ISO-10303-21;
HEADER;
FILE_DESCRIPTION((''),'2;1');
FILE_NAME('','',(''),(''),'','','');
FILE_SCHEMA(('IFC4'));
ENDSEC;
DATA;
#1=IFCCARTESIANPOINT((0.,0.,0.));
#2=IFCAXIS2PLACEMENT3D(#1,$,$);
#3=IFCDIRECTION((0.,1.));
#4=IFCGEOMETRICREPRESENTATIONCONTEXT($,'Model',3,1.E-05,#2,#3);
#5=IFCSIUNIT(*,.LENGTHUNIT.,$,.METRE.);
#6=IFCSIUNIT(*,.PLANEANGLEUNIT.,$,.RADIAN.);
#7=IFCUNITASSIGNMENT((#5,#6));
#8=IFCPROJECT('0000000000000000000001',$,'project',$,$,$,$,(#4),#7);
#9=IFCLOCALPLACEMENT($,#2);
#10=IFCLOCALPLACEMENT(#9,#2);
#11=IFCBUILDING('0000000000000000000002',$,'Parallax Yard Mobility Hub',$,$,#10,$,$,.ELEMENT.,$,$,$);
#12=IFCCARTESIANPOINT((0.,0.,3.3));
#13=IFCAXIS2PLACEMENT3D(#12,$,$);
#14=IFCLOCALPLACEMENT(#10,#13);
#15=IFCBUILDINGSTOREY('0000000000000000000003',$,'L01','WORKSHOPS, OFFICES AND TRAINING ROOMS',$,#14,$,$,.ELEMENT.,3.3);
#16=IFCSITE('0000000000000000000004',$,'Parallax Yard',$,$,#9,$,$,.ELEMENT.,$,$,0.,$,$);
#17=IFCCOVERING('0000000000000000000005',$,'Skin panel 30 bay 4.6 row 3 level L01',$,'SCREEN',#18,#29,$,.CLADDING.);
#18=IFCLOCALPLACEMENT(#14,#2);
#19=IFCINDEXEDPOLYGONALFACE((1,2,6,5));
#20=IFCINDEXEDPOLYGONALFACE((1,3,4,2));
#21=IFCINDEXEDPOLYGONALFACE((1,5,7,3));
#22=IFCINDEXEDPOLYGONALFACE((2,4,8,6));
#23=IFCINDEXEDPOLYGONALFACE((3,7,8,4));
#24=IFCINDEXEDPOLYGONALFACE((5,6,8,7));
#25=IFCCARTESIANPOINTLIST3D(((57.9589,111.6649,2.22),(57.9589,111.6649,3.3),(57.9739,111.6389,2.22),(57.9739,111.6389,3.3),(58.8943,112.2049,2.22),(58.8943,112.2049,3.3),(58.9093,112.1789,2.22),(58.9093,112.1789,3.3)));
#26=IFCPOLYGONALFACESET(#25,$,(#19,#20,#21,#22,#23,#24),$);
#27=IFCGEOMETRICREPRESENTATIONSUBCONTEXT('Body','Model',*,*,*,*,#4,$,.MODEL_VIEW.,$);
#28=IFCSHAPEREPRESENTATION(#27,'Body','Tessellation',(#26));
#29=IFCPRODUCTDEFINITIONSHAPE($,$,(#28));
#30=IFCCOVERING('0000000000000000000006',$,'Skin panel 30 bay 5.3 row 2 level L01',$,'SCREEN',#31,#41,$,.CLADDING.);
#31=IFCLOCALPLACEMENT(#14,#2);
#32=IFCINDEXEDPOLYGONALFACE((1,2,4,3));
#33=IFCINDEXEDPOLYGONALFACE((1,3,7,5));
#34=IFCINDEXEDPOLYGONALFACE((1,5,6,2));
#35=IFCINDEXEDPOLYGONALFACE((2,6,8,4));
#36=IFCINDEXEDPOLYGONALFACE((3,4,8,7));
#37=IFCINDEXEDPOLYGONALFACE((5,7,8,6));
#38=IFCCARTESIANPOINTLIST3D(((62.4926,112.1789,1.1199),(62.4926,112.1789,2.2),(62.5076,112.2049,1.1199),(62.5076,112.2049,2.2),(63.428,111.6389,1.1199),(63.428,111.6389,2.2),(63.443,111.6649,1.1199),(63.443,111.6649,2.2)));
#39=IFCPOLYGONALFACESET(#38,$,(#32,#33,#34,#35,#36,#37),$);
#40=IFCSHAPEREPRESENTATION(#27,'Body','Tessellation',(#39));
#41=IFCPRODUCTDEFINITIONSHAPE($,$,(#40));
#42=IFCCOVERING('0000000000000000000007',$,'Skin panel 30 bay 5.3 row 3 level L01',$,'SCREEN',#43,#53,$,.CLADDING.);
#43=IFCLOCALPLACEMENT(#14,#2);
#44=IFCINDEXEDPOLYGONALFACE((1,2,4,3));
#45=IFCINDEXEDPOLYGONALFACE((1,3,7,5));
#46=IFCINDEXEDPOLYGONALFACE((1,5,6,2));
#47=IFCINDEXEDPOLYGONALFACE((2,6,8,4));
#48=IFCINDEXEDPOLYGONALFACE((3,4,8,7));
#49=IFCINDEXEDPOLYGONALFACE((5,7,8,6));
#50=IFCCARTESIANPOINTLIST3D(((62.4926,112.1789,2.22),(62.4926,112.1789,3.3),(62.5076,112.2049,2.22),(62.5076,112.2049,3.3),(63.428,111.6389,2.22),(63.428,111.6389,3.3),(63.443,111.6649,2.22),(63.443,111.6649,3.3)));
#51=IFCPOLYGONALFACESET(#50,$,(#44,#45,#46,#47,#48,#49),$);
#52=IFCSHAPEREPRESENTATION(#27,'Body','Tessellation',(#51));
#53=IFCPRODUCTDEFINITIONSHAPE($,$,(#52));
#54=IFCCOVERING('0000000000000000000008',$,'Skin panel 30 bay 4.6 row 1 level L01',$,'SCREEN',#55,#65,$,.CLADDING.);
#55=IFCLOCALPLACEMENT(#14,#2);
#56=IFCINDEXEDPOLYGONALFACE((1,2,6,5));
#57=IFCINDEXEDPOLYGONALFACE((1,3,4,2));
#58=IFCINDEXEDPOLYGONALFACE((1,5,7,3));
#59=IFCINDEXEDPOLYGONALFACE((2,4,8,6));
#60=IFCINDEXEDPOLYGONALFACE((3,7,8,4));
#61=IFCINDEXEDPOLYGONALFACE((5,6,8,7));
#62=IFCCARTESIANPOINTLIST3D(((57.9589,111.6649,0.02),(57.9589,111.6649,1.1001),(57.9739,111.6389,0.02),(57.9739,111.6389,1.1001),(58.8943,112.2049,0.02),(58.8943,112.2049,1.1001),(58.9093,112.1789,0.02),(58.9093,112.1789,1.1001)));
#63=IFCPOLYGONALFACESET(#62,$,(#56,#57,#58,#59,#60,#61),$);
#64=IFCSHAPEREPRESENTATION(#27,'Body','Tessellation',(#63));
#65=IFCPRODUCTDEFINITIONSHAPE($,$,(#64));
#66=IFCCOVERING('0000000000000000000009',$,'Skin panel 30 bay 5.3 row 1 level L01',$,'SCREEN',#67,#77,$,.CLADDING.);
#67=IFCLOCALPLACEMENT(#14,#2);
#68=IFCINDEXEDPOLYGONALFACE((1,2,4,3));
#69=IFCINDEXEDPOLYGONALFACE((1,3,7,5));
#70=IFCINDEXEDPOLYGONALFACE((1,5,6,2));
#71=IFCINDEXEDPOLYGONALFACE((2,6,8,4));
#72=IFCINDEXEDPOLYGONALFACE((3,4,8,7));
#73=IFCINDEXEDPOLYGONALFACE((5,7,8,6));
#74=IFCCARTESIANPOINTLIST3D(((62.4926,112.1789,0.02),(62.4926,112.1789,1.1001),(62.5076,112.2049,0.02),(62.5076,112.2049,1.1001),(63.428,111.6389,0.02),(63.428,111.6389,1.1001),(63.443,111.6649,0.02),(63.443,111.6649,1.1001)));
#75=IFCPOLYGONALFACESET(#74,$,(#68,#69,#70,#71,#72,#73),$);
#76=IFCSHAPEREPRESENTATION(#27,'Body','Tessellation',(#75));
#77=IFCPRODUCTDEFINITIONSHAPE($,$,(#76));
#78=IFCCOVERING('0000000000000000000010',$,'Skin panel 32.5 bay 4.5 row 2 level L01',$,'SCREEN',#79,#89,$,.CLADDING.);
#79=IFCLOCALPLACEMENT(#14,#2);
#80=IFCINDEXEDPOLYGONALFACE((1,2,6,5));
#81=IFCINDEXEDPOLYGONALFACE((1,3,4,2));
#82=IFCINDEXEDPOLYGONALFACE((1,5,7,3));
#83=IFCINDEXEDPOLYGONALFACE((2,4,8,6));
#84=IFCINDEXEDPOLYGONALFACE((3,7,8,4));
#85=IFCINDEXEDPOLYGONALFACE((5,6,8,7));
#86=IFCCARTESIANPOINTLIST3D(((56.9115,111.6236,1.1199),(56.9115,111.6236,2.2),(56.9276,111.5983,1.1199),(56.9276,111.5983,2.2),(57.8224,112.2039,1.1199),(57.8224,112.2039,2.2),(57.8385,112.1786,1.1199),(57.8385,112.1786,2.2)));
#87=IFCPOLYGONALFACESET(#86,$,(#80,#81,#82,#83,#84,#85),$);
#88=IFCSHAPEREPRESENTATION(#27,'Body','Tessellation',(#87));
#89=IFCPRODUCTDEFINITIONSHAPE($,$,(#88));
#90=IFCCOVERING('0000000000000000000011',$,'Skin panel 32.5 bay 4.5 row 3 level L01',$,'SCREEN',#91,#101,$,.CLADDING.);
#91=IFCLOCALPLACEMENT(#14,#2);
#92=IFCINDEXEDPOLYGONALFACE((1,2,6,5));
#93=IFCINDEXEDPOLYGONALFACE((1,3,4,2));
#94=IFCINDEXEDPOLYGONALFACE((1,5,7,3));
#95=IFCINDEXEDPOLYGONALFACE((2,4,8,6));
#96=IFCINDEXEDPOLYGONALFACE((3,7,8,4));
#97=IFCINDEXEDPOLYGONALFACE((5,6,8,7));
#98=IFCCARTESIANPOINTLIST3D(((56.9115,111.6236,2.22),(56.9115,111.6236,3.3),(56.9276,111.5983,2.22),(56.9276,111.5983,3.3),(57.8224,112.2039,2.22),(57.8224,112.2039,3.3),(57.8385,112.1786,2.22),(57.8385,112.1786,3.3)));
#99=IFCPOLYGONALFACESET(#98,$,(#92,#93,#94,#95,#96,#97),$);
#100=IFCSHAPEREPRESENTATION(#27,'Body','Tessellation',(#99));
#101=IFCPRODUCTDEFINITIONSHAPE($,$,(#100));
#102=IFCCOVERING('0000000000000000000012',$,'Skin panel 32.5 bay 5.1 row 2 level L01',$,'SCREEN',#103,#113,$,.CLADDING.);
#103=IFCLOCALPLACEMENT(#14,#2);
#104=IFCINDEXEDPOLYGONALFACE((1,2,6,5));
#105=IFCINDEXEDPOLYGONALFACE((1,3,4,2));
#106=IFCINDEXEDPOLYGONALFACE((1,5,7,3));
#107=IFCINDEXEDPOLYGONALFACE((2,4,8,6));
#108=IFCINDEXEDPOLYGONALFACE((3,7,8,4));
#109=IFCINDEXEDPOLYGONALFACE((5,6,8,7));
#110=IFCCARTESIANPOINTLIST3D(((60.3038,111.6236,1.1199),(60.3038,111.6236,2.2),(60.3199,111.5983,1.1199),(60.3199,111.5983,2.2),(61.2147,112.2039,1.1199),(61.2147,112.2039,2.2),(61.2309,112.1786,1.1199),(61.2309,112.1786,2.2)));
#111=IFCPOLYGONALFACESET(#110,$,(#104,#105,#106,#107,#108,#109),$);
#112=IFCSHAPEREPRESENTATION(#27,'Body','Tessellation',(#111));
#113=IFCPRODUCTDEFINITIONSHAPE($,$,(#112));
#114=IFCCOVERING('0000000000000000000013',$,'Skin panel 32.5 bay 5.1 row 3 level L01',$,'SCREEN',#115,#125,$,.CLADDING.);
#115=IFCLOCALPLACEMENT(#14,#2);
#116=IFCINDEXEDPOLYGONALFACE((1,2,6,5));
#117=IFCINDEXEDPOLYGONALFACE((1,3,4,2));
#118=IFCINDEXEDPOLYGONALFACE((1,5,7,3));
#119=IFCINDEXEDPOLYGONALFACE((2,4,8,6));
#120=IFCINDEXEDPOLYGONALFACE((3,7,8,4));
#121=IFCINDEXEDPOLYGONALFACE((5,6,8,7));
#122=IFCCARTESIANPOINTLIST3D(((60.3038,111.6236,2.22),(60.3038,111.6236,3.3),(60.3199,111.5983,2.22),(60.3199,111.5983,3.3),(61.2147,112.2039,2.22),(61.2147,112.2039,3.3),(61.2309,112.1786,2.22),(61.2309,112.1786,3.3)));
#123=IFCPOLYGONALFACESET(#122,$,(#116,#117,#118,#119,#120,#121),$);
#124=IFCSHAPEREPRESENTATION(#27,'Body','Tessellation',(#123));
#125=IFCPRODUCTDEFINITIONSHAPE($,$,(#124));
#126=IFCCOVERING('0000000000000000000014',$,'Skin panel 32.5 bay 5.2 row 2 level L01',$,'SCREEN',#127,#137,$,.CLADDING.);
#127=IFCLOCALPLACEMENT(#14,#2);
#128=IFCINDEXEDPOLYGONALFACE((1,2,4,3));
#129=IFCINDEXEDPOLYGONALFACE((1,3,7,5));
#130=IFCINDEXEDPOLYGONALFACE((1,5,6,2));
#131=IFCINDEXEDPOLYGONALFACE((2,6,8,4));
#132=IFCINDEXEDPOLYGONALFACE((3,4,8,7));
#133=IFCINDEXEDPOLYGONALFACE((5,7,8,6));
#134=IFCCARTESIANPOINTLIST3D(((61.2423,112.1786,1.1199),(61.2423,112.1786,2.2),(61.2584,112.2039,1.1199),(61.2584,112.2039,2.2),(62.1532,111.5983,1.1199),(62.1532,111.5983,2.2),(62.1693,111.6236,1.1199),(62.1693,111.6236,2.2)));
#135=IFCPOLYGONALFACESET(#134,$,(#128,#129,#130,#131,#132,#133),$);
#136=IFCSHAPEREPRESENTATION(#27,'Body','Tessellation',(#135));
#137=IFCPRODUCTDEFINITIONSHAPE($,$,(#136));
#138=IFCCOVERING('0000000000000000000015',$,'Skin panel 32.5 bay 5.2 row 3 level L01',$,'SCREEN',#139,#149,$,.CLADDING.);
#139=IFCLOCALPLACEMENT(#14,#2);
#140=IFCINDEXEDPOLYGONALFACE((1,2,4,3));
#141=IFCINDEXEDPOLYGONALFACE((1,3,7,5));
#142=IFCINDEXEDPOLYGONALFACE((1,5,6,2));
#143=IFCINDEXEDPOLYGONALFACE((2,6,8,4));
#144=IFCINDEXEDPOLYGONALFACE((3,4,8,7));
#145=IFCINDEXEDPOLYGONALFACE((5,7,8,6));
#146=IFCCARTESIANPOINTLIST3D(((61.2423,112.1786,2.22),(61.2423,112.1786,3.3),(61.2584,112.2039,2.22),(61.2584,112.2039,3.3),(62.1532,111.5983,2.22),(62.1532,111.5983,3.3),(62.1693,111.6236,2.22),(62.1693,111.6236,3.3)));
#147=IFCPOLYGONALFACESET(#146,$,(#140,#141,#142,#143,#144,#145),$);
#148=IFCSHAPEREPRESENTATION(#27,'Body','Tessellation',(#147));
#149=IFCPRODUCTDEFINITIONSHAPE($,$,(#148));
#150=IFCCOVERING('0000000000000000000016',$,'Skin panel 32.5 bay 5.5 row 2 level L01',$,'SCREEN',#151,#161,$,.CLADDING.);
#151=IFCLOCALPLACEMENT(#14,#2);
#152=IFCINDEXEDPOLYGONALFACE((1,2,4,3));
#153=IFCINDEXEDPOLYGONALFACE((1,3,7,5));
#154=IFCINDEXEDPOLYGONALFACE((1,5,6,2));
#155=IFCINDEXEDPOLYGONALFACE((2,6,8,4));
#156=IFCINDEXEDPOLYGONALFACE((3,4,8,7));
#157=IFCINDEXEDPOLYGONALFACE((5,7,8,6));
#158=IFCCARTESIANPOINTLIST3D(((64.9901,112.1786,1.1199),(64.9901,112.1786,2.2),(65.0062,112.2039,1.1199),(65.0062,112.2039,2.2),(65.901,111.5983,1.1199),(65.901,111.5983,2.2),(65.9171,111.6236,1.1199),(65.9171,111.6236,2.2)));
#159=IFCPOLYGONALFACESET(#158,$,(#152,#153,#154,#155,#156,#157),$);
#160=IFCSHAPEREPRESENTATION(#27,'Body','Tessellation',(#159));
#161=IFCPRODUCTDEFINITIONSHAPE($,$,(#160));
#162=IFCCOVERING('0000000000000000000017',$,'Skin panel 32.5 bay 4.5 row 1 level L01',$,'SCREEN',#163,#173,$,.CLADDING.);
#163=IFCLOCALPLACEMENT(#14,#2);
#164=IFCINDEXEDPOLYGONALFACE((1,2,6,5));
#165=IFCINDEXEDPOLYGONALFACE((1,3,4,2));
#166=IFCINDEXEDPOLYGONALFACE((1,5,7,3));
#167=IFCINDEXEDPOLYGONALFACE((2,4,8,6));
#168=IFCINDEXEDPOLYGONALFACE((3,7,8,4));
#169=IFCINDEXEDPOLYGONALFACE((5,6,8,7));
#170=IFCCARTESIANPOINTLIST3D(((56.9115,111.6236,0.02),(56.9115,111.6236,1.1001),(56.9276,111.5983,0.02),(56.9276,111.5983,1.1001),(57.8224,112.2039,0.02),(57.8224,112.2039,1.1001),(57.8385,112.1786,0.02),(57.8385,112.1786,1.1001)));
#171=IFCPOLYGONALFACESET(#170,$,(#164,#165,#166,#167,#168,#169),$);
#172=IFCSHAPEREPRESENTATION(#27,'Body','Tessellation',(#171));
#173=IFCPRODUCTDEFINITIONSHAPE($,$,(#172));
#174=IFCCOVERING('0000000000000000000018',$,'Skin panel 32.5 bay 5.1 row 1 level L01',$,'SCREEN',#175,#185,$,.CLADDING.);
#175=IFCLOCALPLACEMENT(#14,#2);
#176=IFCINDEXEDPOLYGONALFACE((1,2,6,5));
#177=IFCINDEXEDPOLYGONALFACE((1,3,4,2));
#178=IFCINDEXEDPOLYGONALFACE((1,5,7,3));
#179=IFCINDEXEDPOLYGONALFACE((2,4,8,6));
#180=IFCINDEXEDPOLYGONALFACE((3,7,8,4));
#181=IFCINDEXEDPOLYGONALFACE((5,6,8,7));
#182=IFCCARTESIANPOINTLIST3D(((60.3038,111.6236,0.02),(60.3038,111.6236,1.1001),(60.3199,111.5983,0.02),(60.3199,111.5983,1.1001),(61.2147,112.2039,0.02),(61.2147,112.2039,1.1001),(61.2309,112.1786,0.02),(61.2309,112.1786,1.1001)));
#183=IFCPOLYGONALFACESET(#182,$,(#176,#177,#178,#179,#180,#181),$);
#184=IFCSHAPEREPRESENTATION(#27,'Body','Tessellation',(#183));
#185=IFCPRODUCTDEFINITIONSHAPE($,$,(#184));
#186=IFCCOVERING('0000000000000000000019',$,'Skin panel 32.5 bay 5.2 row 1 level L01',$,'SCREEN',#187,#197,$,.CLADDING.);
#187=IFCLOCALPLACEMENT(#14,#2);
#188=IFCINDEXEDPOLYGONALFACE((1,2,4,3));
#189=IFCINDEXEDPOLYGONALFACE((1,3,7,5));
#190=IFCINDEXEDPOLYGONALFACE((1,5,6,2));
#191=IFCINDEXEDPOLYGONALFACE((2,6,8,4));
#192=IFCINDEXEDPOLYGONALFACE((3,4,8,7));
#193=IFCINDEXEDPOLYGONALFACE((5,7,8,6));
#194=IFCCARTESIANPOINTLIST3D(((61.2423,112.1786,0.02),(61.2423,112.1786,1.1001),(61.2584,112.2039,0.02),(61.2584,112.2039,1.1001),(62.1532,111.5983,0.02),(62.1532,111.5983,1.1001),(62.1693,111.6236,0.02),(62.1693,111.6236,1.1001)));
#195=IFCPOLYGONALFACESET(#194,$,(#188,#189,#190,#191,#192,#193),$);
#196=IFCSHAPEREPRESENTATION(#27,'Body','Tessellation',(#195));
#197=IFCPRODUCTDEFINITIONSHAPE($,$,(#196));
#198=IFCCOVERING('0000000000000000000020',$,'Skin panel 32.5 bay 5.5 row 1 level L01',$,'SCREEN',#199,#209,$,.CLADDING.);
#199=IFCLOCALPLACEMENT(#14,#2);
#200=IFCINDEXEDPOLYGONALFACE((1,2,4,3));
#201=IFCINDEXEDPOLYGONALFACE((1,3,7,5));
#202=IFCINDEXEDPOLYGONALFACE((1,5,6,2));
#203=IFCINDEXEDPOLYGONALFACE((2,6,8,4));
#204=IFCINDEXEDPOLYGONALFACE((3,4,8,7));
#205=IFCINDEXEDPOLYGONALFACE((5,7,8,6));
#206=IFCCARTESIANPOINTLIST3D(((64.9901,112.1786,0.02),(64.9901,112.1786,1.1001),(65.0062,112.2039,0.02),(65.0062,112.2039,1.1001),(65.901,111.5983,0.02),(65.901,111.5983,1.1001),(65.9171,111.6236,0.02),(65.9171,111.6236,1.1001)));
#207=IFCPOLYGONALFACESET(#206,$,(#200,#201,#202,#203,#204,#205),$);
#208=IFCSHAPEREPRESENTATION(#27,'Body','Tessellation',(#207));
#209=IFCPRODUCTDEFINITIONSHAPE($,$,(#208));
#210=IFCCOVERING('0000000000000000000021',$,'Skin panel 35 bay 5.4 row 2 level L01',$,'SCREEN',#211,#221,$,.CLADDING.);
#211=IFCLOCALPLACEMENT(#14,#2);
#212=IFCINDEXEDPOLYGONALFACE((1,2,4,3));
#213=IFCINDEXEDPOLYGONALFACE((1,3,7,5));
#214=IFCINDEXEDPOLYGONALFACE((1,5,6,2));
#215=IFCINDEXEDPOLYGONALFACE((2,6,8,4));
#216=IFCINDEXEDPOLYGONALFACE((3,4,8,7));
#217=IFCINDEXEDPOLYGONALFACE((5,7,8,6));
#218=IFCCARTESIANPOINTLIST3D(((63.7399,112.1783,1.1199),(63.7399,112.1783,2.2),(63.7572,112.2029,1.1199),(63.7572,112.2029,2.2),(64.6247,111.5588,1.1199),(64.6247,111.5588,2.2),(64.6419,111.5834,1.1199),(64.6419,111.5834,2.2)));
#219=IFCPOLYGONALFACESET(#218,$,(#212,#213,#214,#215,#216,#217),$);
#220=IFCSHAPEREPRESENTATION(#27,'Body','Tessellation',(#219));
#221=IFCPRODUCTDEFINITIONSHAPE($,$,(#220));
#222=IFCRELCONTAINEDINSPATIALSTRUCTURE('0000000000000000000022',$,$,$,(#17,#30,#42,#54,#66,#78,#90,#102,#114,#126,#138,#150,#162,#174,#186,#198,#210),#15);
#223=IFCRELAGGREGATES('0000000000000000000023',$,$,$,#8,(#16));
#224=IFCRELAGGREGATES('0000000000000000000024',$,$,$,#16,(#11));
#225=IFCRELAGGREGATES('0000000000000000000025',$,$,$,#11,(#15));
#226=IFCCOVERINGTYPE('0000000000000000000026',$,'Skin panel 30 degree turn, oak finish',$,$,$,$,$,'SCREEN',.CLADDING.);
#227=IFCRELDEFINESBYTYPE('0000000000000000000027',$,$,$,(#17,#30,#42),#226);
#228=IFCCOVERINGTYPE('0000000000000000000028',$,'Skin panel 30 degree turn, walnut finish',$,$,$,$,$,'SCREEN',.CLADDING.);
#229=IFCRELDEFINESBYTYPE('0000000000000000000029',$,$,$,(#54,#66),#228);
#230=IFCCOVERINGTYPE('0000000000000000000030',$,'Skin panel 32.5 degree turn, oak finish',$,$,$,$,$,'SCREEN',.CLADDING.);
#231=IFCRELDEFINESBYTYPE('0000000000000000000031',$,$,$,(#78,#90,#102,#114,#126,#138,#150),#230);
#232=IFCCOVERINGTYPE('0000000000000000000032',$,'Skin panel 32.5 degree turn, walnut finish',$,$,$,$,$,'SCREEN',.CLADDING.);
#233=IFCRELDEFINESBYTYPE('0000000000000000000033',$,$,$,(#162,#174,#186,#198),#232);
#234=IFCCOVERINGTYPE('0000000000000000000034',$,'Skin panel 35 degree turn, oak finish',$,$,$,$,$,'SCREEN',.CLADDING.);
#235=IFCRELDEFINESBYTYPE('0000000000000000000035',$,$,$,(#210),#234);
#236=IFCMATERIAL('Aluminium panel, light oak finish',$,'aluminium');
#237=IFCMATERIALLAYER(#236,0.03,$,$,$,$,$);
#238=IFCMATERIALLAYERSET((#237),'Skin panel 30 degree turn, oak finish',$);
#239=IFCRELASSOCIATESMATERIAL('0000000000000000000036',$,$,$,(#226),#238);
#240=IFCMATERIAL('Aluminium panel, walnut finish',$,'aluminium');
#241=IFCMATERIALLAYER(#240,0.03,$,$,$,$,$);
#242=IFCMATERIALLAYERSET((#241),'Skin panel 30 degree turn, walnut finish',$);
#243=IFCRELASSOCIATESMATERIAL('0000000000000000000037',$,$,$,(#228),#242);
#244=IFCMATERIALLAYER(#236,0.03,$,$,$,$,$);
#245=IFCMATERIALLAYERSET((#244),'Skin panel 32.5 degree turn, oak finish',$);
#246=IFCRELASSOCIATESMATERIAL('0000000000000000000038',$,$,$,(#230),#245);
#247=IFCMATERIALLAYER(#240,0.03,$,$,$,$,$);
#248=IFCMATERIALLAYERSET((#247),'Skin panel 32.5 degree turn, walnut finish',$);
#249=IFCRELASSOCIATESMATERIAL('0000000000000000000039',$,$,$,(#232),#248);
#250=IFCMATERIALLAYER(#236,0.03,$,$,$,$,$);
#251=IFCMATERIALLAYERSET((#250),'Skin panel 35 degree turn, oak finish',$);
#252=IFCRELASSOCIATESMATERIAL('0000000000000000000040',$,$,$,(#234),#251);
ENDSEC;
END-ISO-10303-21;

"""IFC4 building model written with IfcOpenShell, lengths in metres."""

from ifc_helpers import new_model, si_unit, direction, frame, origin, origin_2d, place, context, subcontext, project, spatial, rectangle, extrude, material, layer, layer_set, type_object, element, save


model = new_model("IFC4")

# Units and contexts
model_context = context("Model", 3, precision=1e-05, world=origin(), true_north=direction((0.0, 1.0)))
body_context = subcontext(model_context, "Body", "Model", "MODEL_VIEW")
ifc_project = project(units=[si_unit("LENGTHUNIT", "METRE"), si_unit("PLANEANGLEUNIT", "RADIAN")], contexts=[model_context])

# Site, building, storey
site_placement = place(None, origin())
site = spatial("IfcSite", under=ifc_project, at=site_placement, Name="Parallax Yard", CompositionType="ELEMENT", RefElevation=0.0)
building_placement = place(site_placement, origin())
building = spatial("IfcBuilding", under=site, at=building_placement, Name="Parallax Yard Mobility Hub", CompositionType="ELEMENT")
storey_placement = place(building_placement, frame((0.0, 0.0, 3.3)))
storey = spatial("IfcBuildingStorey", under=building, at=storey_placement, Name="L01", Description="WORKSHOPS, OFFICES AND TRAINING ROOMS", CompositionType="ELEMENT", Elevation=3.3)

# Coverings
ifc_material_1 = material(Name="Aluminium panel, light oak finish", Category="aluminium")
ifc_material_2 = material(Name="Aluminium panel, walnut finish", Category="aluminium")
ifc_layer_1 = layer(ifc_material_1, 0.03)
ifc_layer_set_1 = layer_set([ifc_layer_1], Name="Skin panel 30 degree turn, oak finish")
covering_type_1 = type_object("IfcCoveringType", Name="Skin panel 30 degree turn, oak finish", ElementType="SCREEN", PredefinedType="CLADDING", material=ifc_layer_set_1)
for number, where, z_axis, x_axis, name in (
    (1, (58.4341, 111.9219, 2.22), (0.0, 0.0, 1.0), (-0.866025, -0.5, 0.0), "Skin panel 30 bay 4.6 row 3 level L01"),
    (2, (62.9678, 111.9219, 1.1199), (0.0, 0.0, 1.0), (0.866025, -0.5, 0.0), "Skin panel 30 bay 5.3 row 2 level L01"),
    (3, (62.9678, 111.9219, 2.22), (0.0, 0.0, 1.0), (0.866025, -0.5, 0.0), "Skin panel 30 bay 5.3 row 3 level L01"),
):
    element("IfcCovering", number, at=place(storey_placement, frame(where, z_axis=z_axis, x_axis=x_axis)), inside=storey, type_object=covering_type_1, Name=name, ObjectType="SCREEN", PredefinedType="CLADDING", context=body_context, shape_type="SweptSolid", body=[
        extrude(rectangle(XDim=1.0801, YDim=0.03, at=origin_2d()), origin(), (0.0, 0.0, 1.0), 1.0801),
    ])
ifc_layer_2 = layer(ifc_material_2, 0.03)
ifc_layer_set_2 = layer_set([ifc_layer_2], Name="Skin panel 30 degree turn, walnut finish")
covering_type_2 = type_object("IfcCoveringType", Name="Skin panel 30 degree turn, walnut finish", ElementType="SCREEN", PredefinedType="CLADDING", material=ifc_layer_set_2)
for number, where, z_axis, x_axis, name in (
    (4, (58.4341, 111.9219, 0.02), (0.0, 0.0, 1.0), (-0.866025, -0.5, 0.0), "Skin panel 30 bay 4.6 row 1 level L01"),
    (5, (62.9678, 111.9219, 0.02), (0.0, 0.0, 1.0), (0.866025, -0.5, 0.0), "Skin panel 30 bay 5.3 row 1 level L01"),
):
    element("IfcCovering", number, at=place(storey_placement, frame(where, z_axis=z_axis, x_axis=x_axis)), inside=storey, type_object=covering_type_2, Name=name, ObjectType="SCREEN", PredefinedType="CLADDING", context=body_context, shape_type="SweptSolid", body=[
        extrude(rectangle(XDim=1.0801, YDim=0.03, at=origin_2d()), origin(), (0.0, 0.0, 1.0), 1.0801),
    ])
ifc_layer_3 = layer(ifc_material_1, 0.03)
ifc_layer_set_3 = layer_set([ifc_layer_3], Name="Skin panel 32.5 degree turn, oak finish")
covering_type_3 = type_object("IfcCoveringType", Name="Skin panel 32.5 degree turn, oak finish", ElementType="SCREEN", PredefinedType="CLADDING", material=ifc_layer_set_3)
for number, where, z_axis, x_axis, name in (
    (6, (57.375, 111.9011, 1.1199), (0.0, 0.0, 1.0), (-0.843391, -0.5373, 0.0), "Skin panel 32.5 bay 4.5 row 2 level L01"),
    (7, (57.375, 111.9011, 2.22), (0.0, 0.0, 1.0), (-0.843391, -0.5373, 0.0), "Skin panel 32.5 bay 4.5 row 3 level L01"),
    (8, (60.7673, 111.9011, 1.1199), (0.0, 0.0, 1.0), (-0.843391, -0.5373, 0.0), "Skin panel 32.5 bay 5.1 row 2 level L01"),
    (9, (60.7673, 111.9011, 2.22), (0.0, 0.0, 1.0), (-0.843391, -0.5373, 0.0), "Skin panel 32.5 bay 5.1 row 3 level L01"),
    (10, (61.7058, 111.9011, 1.1199), (0.0, 0.0, 1.0), (0.843391, -0.5373, 0.0), "Skin panel 32.5 bay 5.2 row 2 level L01"),
    (11, (61.7058, 111.9011, 2.22), (0.0, 0.0, 1.0), (0.843391, -0.5373, 0.0), "Skin panel 32.5 bay 5.2 row 3 level L01"),
    (12, (65.4536, 111.9011, 1.1199), (0.0, 0.0, 1.0), (0.843391, -0.5373, 0.0), "Skin panel 32.5 bay 5.5 row 2 level L01"),
):
    element("IfcCovering", number, at=place(storey_placement, frame(where, z_axis=z_axis, x_axis=x_axis)), inside=storey, type_object=covering_type_3, Name=name, ObjectType="SCREEN", PredefinedType="CLADDING", context=body_context, shape_type="SweptSolid", body=[
        extrude(rectangle(XDim=1.0801, YDim=0.03, at=origin_2d()), origin(), (0.0, 0.0, 1.0), 1.0801),
    ])
ifc_layer_4 = layer(ifc_material_2, 0.03)
ifc_layer_set_4 = layer_set([ifc_layer_4], Name="Skin panel 32.5 degree turn, walnut finish")
covering_type_4 = type_object("IfcCoveringType", Name="Skin panel 32.5 degree turn, walnut finish", ElementType="SCREEN", PredefinedType="CLADDING", material=ifc_layer_set_4)
for number, where, z_axis, x_axis, name in (
    (13, (57.375, 111.9011, 0.02), (0.0, 0.0, 1.0), (-0.843391, -0.5373, 0.0), "Skin panel 32.5 bay 4.5 row 1 level L01"),
    (14, (60.7673, 111.9011, 0.02), (0.0, 0.0, 1.0), (-0.843391, -0.5373, 0.0), "Skin panel 32.5 bay 5.1 row 1 level L01"),
    (15, (61.7058, 111.9011, 0.02), (0.0, 0.0, 1.0), (0.843391, -0.5373, 0.0), "Skin panel 32.5 bay 5.2 row 1 level L01"),
    (16, (65.4536, 111.9011, 0.02), (0.0, 0.0, 1.0), (0.843391, -0.5373, 0.0), "Skin panel 32.5 bay 5.5 row 1 level L01"),
):
    element("IfcCovering", number, at=place(storey_placement, frame(where, z_axis=z_axis, x_axis=x_axis)), inside=storey, type_object=covering_type_4, Name=name, ObjectType="SCREEN", PredefinedType="CLADDING", context=body_context, shape_type="SweptSolid", body=[
        extrude(rectangle(XDim=1.0801, YDim=0.03, at=origin_2d()), origin(), (0.0, 0.0, 1.0), 1.0801),
    ])
ifc_layer_5 = layer(ifc_material_1, 0.03)
ifc_layer_set_5 = layer_set([ifc_layer_5], Name="Skin panel 35 degree turn, oak finish")
covering_type_5 = type_object("IfcCoveringType", Name="Skin panel 35 degree turn, oak finish", ElementType="SCREEN", PredefinedType="CLADDING", material=ifc_layer_set_5)
for number, where, z_axis, x_axis, name in (
    (17, (64.1909, 111.8809, 1.1199), (0.0, 0.0, 1.0), (0.819152, -0.573576, 0.0), "Skin panel 35 bay 5.4 row 2 level L01"),
):
    element("IfcCovering", number, at=place(storey_placement, frame(where, z_axis=z_axis, x_axis=x_axis)), inside=storey, type_object=covering_type_5, Name=name, ObjectType="SCREEN", PredefinedType="CLADDING", context=body_context, shape_type="SweptSolid", body=[
        extrude(rectangle(XDim=1.0801, YDim=0.03, at=origin_2d()), origin(), (0.0, 0.0, 1.0), 1.0801),
    ])

save(model, "model.ifc")
